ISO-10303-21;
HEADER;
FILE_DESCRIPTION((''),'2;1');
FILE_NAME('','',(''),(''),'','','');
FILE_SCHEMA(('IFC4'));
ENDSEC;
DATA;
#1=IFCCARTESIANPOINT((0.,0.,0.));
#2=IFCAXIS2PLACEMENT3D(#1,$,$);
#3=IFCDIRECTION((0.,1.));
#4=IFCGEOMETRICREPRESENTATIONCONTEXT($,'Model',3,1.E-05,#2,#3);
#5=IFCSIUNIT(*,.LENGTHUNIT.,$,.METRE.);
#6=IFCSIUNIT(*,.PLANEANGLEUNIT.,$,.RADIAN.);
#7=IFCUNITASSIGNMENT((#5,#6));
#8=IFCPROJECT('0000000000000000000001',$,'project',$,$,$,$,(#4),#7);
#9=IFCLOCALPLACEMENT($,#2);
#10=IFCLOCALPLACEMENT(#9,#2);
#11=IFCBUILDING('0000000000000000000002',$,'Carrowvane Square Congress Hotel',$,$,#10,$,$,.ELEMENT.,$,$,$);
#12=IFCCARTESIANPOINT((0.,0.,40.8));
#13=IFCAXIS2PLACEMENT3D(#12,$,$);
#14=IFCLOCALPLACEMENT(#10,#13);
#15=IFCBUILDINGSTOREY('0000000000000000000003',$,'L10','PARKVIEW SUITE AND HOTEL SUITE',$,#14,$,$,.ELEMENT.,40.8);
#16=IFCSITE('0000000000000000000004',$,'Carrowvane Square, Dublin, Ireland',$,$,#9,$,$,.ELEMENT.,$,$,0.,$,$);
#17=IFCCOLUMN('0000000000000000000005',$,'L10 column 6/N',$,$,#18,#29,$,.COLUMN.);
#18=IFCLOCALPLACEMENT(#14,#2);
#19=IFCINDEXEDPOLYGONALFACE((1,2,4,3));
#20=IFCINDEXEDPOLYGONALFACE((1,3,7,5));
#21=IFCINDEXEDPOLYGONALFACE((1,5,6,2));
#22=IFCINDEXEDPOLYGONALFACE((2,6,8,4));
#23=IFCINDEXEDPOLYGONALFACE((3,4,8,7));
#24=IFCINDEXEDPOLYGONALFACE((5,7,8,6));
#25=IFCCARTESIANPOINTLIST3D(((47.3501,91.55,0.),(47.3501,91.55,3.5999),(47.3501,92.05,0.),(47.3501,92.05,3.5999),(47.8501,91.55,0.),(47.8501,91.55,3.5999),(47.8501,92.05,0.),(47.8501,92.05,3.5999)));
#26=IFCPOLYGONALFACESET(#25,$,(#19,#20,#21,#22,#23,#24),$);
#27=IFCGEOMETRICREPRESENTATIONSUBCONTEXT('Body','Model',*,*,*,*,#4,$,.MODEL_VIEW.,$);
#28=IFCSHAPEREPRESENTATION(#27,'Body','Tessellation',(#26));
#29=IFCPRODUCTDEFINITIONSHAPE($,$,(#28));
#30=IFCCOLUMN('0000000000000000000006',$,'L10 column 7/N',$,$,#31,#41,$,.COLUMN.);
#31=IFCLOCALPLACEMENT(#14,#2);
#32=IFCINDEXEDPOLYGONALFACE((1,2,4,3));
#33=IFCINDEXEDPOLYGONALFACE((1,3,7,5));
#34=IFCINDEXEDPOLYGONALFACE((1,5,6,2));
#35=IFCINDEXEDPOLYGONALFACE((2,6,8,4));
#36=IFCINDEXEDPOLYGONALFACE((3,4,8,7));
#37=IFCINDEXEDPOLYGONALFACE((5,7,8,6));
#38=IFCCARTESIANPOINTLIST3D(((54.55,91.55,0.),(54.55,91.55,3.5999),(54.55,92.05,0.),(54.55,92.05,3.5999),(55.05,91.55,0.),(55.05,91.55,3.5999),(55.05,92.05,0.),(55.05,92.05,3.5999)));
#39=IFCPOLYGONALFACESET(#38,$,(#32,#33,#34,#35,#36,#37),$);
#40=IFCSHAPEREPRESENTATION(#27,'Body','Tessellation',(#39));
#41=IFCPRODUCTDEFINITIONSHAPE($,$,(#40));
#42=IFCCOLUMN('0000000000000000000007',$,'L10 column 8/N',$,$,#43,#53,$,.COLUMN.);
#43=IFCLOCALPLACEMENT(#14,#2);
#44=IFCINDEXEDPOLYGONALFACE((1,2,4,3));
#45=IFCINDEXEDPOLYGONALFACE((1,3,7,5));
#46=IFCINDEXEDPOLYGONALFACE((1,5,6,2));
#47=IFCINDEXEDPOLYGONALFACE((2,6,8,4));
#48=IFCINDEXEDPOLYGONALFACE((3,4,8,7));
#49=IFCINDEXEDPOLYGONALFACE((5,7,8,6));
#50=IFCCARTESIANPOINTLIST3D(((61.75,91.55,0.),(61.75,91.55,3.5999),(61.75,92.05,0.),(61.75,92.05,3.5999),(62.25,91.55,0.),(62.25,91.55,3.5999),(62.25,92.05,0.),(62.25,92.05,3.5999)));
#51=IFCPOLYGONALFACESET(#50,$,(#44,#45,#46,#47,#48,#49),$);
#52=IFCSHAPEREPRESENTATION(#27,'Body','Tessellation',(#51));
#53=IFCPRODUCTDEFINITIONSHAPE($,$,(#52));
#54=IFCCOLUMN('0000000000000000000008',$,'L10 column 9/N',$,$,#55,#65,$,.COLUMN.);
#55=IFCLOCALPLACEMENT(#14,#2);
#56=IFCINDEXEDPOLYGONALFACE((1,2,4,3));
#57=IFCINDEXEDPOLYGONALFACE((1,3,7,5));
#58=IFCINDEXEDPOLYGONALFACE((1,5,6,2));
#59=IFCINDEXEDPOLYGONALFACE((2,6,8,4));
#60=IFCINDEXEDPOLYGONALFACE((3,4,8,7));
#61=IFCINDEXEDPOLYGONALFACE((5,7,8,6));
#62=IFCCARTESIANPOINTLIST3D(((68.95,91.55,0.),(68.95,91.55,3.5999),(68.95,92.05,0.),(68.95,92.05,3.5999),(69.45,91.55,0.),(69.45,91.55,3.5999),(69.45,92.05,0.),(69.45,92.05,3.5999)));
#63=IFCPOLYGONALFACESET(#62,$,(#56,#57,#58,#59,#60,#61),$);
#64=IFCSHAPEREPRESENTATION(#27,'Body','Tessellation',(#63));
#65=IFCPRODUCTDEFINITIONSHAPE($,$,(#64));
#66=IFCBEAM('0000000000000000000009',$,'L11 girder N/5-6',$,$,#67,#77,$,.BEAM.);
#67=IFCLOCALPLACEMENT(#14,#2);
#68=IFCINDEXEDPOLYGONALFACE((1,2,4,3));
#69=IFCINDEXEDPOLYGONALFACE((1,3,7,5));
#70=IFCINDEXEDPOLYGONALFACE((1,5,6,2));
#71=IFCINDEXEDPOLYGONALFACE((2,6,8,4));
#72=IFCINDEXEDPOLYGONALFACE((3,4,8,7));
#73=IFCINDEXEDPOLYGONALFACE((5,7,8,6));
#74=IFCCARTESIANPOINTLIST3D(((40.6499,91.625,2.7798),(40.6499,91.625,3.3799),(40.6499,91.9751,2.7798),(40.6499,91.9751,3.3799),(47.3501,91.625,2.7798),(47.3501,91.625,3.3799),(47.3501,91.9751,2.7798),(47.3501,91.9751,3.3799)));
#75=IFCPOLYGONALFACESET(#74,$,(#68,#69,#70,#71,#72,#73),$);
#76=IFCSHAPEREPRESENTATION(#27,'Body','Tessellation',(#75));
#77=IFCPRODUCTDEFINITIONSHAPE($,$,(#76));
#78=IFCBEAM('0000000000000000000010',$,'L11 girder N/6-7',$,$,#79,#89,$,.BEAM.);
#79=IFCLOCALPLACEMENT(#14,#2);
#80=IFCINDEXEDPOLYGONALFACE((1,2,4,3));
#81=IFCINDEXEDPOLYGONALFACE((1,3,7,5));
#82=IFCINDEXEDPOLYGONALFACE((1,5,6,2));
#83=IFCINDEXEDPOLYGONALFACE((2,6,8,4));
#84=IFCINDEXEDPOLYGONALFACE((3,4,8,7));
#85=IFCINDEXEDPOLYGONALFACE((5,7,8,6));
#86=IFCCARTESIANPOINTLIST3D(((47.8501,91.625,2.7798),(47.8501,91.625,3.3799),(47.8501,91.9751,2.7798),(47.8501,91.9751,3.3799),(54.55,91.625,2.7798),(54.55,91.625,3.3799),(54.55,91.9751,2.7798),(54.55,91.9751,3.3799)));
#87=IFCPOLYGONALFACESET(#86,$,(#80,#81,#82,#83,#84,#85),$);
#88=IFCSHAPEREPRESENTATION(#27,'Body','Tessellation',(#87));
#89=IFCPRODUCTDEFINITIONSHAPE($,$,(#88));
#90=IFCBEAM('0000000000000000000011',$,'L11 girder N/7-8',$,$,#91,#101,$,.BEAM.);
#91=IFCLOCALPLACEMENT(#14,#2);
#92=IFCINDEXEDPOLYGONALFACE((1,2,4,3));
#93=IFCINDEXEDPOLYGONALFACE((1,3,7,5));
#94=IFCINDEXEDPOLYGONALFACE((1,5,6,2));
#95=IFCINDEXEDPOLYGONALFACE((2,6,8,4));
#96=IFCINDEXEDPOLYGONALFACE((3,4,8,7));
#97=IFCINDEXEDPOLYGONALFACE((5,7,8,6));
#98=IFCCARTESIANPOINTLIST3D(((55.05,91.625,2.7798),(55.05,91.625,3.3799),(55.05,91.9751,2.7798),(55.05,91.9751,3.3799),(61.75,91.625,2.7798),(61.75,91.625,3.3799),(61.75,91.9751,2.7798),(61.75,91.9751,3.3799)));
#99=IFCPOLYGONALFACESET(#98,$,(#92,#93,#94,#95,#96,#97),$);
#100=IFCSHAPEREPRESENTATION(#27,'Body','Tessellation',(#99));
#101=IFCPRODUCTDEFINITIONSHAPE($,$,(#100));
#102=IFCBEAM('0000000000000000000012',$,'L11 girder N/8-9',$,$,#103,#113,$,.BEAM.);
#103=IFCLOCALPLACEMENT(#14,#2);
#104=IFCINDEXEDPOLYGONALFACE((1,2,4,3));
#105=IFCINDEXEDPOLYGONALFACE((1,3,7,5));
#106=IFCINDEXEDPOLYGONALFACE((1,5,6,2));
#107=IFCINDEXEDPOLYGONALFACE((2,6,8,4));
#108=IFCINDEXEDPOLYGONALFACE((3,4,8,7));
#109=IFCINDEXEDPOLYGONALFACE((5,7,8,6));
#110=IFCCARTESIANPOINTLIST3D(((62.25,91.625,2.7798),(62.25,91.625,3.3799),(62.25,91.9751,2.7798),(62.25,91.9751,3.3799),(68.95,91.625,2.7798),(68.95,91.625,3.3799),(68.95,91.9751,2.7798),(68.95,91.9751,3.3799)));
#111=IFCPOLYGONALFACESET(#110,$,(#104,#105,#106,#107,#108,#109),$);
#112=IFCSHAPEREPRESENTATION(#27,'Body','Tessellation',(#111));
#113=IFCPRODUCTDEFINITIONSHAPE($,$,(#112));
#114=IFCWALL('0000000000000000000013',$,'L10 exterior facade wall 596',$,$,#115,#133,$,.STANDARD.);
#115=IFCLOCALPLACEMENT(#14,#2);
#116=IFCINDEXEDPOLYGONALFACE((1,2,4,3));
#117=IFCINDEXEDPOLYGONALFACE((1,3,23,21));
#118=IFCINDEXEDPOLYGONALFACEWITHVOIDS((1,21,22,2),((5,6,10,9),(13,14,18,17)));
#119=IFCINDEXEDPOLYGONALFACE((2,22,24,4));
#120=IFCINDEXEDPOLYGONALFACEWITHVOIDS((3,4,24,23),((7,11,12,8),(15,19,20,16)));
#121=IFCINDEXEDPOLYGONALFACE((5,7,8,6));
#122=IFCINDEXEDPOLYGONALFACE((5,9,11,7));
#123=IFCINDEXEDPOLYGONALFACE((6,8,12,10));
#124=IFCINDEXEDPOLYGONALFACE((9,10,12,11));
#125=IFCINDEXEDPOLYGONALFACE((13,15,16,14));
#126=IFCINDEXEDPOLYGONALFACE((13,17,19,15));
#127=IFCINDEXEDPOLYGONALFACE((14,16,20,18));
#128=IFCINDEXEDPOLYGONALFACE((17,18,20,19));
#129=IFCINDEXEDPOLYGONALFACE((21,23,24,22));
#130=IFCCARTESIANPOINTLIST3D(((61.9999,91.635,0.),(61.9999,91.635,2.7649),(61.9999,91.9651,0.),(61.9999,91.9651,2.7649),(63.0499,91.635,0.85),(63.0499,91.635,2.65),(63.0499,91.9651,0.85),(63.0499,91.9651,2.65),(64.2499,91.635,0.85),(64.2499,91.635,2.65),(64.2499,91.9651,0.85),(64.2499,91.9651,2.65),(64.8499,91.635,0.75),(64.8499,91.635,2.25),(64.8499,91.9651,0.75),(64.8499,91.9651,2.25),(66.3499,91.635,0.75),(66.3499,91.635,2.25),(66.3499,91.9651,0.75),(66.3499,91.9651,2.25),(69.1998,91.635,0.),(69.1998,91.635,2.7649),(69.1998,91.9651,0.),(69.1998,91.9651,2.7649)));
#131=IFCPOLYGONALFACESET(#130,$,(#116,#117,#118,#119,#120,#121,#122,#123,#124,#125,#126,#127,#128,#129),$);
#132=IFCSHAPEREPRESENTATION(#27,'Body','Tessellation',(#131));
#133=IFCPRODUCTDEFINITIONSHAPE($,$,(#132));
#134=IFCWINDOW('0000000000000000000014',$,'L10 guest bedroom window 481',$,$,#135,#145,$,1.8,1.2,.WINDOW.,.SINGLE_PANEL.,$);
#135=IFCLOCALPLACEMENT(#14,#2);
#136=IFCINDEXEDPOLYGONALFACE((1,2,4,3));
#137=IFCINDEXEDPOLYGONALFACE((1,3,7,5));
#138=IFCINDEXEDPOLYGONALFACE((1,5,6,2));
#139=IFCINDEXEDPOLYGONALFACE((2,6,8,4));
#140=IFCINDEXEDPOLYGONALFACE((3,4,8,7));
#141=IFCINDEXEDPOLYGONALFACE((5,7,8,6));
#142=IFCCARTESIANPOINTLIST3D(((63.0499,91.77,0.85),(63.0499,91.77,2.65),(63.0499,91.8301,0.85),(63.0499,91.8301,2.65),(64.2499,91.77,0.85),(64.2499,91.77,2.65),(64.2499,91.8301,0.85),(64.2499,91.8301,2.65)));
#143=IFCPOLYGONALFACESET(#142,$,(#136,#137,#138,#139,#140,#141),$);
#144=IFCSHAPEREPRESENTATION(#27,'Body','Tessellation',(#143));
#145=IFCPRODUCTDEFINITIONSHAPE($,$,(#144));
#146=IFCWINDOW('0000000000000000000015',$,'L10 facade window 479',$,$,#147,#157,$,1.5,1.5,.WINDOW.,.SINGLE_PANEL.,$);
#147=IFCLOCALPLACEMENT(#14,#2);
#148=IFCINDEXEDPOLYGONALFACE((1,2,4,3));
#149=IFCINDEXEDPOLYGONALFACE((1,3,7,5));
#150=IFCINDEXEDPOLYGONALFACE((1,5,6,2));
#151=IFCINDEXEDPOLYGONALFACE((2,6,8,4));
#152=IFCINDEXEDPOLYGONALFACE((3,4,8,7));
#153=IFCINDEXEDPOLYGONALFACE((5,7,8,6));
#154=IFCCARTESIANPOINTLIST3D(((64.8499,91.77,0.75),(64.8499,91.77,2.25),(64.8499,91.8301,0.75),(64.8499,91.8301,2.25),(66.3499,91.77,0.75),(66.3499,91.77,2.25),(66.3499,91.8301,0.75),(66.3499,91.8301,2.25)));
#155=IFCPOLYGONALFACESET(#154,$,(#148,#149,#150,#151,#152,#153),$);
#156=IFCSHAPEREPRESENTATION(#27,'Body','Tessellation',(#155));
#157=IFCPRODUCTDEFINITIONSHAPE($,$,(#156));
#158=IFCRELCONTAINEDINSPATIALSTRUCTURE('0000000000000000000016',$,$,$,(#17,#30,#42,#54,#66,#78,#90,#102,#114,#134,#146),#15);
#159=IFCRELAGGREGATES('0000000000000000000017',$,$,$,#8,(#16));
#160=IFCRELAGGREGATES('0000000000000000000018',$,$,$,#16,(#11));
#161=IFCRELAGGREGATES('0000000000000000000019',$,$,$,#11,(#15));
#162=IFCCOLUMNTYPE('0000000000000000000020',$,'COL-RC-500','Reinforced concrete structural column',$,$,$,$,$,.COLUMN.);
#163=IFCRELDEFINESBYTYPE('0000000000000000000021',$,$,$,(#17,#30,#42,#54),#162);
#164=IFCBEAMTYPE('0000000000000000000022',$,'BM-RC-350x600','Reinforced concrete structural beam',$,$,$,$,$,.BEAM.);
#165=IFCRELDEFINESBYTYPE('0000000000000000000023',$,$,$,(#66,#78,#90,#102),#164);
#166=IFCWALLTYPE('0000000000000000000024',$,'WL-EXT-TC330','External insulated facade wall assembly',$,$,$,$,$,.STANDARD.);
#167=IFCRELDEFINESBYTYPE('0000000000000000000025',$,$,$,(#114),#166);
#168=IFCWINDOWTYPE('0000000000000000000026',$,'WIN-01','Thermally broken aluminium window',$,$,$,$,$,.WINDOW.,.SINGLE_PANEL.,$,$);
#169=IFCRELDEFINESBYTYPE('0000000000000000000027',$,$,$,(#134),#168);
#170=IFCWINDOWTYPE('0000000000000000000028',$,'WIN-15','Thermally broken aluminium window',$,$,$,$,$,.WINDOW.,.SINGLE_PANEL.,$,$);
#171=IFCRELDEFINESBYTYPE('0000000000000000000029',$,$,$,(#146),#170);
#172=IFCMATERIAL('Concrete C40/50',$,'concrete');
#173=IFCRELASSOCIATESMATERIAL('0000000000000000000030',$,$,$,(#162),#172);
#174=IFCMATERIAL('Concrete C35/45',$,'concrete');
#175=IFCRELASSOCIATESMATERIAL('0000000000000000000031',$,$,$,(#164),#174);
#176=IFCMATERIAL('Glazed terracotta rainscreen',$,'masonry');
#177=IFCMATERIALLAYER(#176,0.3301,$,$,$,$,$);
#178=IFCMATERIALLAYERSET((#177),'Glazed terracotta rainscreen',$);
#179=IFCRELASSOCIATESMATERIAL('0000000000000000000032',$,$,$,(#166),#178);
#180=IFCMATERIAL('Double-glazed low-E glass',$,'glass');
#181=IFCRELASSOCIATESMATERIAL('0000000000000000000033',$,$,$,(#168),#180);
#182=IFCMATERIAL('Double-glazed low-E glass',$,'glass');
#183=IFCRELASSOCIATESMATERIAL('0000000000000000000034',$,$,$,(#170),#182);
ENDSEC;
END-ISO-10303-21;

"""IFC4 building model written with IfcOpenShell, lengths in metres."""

from ifc_helpers import new_model, si_unit, direction, frame, frame_2d, origin, origin_2d, place, context, subcontext, project, spatial, rectangle, extrude, material, layer, layer_set, material_profile, profile_set, type_object, element, fill, save


model = new_model("IFC4")

# Units and contexts
model_context = context("Model", 3, precision=1e-05, world=origin(), true_north=direction((0.0, 1.0)))
body_context = subcontext(model_context, "Body", "Model", "MODEL_VIEW")
ifc_project = project(units=[si_unit("LENGTHUNIT", "METRE"), si_unit("PLANEANGLEUNIT", "RADIAN")], contexts=[model_context])

# Site, building, storey
site_placement = place(None, origin())
site = spatial("IfcSite", under=ifc_project, at=site_placement, Name="Carrowvane Square, Dublin, Ireland", CompositionType="ELEMENT", RefElevation=0.0)
building_placement = place(site_placement, origin())
building = spatial("IfcBuilding", under=site, at=building_placement, Name="Carrowvane Square Congress Hotel", CompositionType="ELEMENT")
storey_placement = place(building_placement, frame((0.0, 0.0, 40.8)))
storey = spatial("IfcBuildingStorey", under=building, at=storey_placement, Name="L10", Description="PARKVIEW SUITE AND HOTEL SUITE", CompositionType="ELEMENT", Elevation=40.8)

# Columns
ifc_material_1 = material(Name="Concrete C40/50", Category="concrete")
ifc_material_profile_1 = material_profile(ifc_material_1, rectangle(XDim=0.5, YDim=0.5, at=origin_2d()), Name="RC 500x500")
ifc_profile_set_1 = profile_set([ifc_material_profile_1], Name="Concrete C40/50")
column_type = type_object("IfcColumnType", Name="COL-RC-500", Description="Reinforced concrete structural column", PredefinedType="COLUMN", material=ifc_profile_set_1)
for number, where, z_axis, x_axis, name in (
    (1, (47.6001, 91.8, 0.0), (0.0, 0.0, 1.0), (1.0, 0.0, 0.0), "L10 column 6/N"),
    (2, (54.8, 91.8, 0.0), (0.0, 0.0, 1.0), (1.0, 0.0, 0.0), "L10 column 7/N"),
    (3, (62.0, 91.8, 0.0), (0.0, 0.0, 1.0), (1.0, 0.0, 0.0), "L10 column 8/N"),
    (4, (69.2, 91.8, 0.0), (0.0, 0.0, 1.0), (1.0, 0.0, 0.0), "L10 column 9/N"),
):
    element("IfcColumn", number, at=place(storey_placement, frame(where, z_axis=z_axis, x_axis=x_axis)), inside=storey, type_object=column_type, Name=name, PredefinedType="COLUMN", context=body_context, shape_type="SweptSolid", body=[
        extrude(rectangle(XDim=0.5, YDim=0.5, at=origin_2d()), origin(), (0.0, 0.0, 1.0), 3.5999),
    ])

# Beams
ifc_material_2 = material(Name="Concrete C35/45", Category="concrete")
ifc_material_profile_2 = material_profile(ifc_material_2, rectangle(XDim=0.3501, YDim=0.6001, at=origin_2d()), Name="RC 350x600")
ifc_profile_set_2 = profile_set([ifc_material_profile_2], Name="Concrete C35/45")
beam_type = type_object("IfcBeamType", Name="BM-RC-350x600", Description="Reinforced concrete structural beam", PredefinedType="BEAM", material=ifc_profile_set_2)
beam_placement = place(storey_placement, frame((40.6499, 91.8, 3.0798), z_axis=(1.0, 0.0, 0.0), x_axis=(0.0, 1.0, 0.0)))
element("IfcBeam", 5, at=beam_placement, inside=storey, type_object=beam_type, Name="L11 girder N/5-6", PredefinedType="BEAM", context=body_context, shape_type="SweptSolid", body=[
    extrude(rectangle(XDim=0.3501, YDim=0.6001, at=origin_2d()), origin(), (0.0, 0.0, 1.0), 6.7002),
])
for number, where, z_axis, x_axis, name in (
    (6, (47.8501, 91.8, 3.0798), (1.0, 0.0, 0.0), (0.0, 1.0, 0.0), "L11 girder N/6-7"),
    (7, (55.05, 91.8, 3.0798), (1.0, 0.0, 0.0), (0.0, 1.0, 0.0), "L11 girder N/7-8"),
    (8, (62.25, 91.8, 3.0798), (1.0, 0.0, 0.0), (0.0, 1.0, 0.0), "L11 girder N/8-9"),
):
    element("IfcBeam", number, at=place(storey_placement, frame(where, z_axis=z_axis, x_axis=x_axis)), inside=storey, type_object=beam_type, Name=name, PredefinedType="BEAM", context=body_context, shape_type="SweptSolid", body=[
        extrude(rectangle(XDim=0.3501, YDim=0.6001, at=origin_2d()), origin(), (0.0, 0.0, 1.0), 6.7),
    ])

# Wall, openings, windows
ifc_material_3 = material(Name="Glazed terracotta rainscreen", Category="masonry")
ifc_layer = layer(ifc_material_3, 0.3301)
ifc_layer_set = layer_set([ifc_layer], Name="Glazed terracotta rainscreen")
wall_type = type_object("IfcWallType", Name="WL-EXT-TC330", Description="External insulated facade wall assembly", PredefinedType="STANDARD", material=ifc_layer_set)
wall_1_placement = place(storey_placement, frame((69.2, 91.8, 0.0), z_axis=(0.0, 0.0, 1.0), x_axis=(-1.0, 0.0, 0.0)))
wall_1 = element("IfcWall", 9, at=wall_1_placement, inside=storey, type_object=wall_type, Name="L10 exterior facade wall 596", PredefinedType="STANDARD", context=body_context, shape_type="SweptSolid", body=[
    extrude(rectangle(XDim=7.2, YDim=0.3301, at=frame_2d((3.6001, 0.0))), origin(), (0.0, 0.0, 1.0), 2.7649),
])
opening_1_placement = place(wall_1_placement, frame((2.8501, 0.0, 0.75)))
opening_1 = element("IfcOpeningElement", 10, at=opening_1_placement, cuts=wall_1, PredefinedType="OPENING", context=body_context, shape_type="SweptSolid", body=[
    extrude(rectangle(XDim=1.5, YDim=1.5, at=frame_2d((0.75, 0.75))), frame((0.0, 0.175, 0.0), z_axis=(0.0, -1.0, 0.0), x_axis=(1.0, 0.0, 0.0)), (0.0, 0.0, 1.0), 0.3501),
])
opening_2_placement = place(wall_1_placement, frame((4.95, 0.0, 0.8501)))
opening_2 = element("IfcOpeningElement", 11, at=opening_2_placement, cuts=wall_1, PredefinedType="OPENING", context=body_context, shape_type="SweptSolid", body=[
    extrude(rectangle(XDim=1.2, YDim=1.8, at=frame_2d((0.6001, 0.8999))), frame((0.0, 0.175, 0.0), z_axis=(0.0, -1.0, 0.0), x_axis=(1.0, 0.0, 0.0)), (0.0, 0.0, 1.0), 0.3501),
])
ifc_material_4 = material(Name="Double-glazed low-E glass", Category="glass")
window_type_1 = type_object("IfcWindowType", Name="WIN-01", Description="Thermally broken aluminium window", PartitioningType="SINGLE_PANEL", PredefinedType="WINDOW", material=ifc_material_4)
window_1_placement = place(opening_2_placement, origin())
window_1 = element("IfcWindow", 12, at=window_1_placement, inside=storey, type_object=window_type_1, Name="L10 guest bedroom window 481", OverallHeight=1.8, OverallWidth=1.2, PartitioningType="SINGLE_PANEL", PredefinedType="WINDOW", context=body_context, shape_type="SweptSolid", body=[
    extrude(rectangle(XDim=1.2, YDim=1.8, at=frame_2d((0.6001, 0.8999))), frame((0.0, 0.03, 0.0), z_axis=(0.0, -1.0, 0.0), x_axis=(1.0, 0.0, 0.0)), (0.0, 0.0, 1.0), 0.0601),
])
fill(opening_2, window_1)
ifc_material_5 = material(Name="Double-glazed low-E glass", Category="glass")
window_type_2 = type_object("IfcWindowType", Name="WIN-15", Description="Thermally broken aluminium window", PartitioningType="SINGLE_PANEL", PredefinedType="WINDOW", material=ifc_material_5)
window_2_placement = place(opening_1_placement, origin())
window_2 = element("IfcWindow", 13, at=window_2_placement, inside=storey, type_object=window_type_2, Name="L10 facade window 479", OverallHeight=1.5, OverallWidth=1.5, PartitioningType="SINGLE_PANEL", PredefinedType="WINDOW", context=body_context, shape_type="SweptSolid", body=[
    extrude(rectangle(XDim=1.5, YDim=1.5, at=frame_2d((0.75, 0.75))), frame((0.0, 0.03, 0.0), z_axis=(0.0, -1.0, 0.0), x_axis=(1.0, 0.0, 0.0)), (0.0, 0.0, 1.0), 0.0601),
])
fill(opening_1, window_2)

save(model, "model.ifc")
